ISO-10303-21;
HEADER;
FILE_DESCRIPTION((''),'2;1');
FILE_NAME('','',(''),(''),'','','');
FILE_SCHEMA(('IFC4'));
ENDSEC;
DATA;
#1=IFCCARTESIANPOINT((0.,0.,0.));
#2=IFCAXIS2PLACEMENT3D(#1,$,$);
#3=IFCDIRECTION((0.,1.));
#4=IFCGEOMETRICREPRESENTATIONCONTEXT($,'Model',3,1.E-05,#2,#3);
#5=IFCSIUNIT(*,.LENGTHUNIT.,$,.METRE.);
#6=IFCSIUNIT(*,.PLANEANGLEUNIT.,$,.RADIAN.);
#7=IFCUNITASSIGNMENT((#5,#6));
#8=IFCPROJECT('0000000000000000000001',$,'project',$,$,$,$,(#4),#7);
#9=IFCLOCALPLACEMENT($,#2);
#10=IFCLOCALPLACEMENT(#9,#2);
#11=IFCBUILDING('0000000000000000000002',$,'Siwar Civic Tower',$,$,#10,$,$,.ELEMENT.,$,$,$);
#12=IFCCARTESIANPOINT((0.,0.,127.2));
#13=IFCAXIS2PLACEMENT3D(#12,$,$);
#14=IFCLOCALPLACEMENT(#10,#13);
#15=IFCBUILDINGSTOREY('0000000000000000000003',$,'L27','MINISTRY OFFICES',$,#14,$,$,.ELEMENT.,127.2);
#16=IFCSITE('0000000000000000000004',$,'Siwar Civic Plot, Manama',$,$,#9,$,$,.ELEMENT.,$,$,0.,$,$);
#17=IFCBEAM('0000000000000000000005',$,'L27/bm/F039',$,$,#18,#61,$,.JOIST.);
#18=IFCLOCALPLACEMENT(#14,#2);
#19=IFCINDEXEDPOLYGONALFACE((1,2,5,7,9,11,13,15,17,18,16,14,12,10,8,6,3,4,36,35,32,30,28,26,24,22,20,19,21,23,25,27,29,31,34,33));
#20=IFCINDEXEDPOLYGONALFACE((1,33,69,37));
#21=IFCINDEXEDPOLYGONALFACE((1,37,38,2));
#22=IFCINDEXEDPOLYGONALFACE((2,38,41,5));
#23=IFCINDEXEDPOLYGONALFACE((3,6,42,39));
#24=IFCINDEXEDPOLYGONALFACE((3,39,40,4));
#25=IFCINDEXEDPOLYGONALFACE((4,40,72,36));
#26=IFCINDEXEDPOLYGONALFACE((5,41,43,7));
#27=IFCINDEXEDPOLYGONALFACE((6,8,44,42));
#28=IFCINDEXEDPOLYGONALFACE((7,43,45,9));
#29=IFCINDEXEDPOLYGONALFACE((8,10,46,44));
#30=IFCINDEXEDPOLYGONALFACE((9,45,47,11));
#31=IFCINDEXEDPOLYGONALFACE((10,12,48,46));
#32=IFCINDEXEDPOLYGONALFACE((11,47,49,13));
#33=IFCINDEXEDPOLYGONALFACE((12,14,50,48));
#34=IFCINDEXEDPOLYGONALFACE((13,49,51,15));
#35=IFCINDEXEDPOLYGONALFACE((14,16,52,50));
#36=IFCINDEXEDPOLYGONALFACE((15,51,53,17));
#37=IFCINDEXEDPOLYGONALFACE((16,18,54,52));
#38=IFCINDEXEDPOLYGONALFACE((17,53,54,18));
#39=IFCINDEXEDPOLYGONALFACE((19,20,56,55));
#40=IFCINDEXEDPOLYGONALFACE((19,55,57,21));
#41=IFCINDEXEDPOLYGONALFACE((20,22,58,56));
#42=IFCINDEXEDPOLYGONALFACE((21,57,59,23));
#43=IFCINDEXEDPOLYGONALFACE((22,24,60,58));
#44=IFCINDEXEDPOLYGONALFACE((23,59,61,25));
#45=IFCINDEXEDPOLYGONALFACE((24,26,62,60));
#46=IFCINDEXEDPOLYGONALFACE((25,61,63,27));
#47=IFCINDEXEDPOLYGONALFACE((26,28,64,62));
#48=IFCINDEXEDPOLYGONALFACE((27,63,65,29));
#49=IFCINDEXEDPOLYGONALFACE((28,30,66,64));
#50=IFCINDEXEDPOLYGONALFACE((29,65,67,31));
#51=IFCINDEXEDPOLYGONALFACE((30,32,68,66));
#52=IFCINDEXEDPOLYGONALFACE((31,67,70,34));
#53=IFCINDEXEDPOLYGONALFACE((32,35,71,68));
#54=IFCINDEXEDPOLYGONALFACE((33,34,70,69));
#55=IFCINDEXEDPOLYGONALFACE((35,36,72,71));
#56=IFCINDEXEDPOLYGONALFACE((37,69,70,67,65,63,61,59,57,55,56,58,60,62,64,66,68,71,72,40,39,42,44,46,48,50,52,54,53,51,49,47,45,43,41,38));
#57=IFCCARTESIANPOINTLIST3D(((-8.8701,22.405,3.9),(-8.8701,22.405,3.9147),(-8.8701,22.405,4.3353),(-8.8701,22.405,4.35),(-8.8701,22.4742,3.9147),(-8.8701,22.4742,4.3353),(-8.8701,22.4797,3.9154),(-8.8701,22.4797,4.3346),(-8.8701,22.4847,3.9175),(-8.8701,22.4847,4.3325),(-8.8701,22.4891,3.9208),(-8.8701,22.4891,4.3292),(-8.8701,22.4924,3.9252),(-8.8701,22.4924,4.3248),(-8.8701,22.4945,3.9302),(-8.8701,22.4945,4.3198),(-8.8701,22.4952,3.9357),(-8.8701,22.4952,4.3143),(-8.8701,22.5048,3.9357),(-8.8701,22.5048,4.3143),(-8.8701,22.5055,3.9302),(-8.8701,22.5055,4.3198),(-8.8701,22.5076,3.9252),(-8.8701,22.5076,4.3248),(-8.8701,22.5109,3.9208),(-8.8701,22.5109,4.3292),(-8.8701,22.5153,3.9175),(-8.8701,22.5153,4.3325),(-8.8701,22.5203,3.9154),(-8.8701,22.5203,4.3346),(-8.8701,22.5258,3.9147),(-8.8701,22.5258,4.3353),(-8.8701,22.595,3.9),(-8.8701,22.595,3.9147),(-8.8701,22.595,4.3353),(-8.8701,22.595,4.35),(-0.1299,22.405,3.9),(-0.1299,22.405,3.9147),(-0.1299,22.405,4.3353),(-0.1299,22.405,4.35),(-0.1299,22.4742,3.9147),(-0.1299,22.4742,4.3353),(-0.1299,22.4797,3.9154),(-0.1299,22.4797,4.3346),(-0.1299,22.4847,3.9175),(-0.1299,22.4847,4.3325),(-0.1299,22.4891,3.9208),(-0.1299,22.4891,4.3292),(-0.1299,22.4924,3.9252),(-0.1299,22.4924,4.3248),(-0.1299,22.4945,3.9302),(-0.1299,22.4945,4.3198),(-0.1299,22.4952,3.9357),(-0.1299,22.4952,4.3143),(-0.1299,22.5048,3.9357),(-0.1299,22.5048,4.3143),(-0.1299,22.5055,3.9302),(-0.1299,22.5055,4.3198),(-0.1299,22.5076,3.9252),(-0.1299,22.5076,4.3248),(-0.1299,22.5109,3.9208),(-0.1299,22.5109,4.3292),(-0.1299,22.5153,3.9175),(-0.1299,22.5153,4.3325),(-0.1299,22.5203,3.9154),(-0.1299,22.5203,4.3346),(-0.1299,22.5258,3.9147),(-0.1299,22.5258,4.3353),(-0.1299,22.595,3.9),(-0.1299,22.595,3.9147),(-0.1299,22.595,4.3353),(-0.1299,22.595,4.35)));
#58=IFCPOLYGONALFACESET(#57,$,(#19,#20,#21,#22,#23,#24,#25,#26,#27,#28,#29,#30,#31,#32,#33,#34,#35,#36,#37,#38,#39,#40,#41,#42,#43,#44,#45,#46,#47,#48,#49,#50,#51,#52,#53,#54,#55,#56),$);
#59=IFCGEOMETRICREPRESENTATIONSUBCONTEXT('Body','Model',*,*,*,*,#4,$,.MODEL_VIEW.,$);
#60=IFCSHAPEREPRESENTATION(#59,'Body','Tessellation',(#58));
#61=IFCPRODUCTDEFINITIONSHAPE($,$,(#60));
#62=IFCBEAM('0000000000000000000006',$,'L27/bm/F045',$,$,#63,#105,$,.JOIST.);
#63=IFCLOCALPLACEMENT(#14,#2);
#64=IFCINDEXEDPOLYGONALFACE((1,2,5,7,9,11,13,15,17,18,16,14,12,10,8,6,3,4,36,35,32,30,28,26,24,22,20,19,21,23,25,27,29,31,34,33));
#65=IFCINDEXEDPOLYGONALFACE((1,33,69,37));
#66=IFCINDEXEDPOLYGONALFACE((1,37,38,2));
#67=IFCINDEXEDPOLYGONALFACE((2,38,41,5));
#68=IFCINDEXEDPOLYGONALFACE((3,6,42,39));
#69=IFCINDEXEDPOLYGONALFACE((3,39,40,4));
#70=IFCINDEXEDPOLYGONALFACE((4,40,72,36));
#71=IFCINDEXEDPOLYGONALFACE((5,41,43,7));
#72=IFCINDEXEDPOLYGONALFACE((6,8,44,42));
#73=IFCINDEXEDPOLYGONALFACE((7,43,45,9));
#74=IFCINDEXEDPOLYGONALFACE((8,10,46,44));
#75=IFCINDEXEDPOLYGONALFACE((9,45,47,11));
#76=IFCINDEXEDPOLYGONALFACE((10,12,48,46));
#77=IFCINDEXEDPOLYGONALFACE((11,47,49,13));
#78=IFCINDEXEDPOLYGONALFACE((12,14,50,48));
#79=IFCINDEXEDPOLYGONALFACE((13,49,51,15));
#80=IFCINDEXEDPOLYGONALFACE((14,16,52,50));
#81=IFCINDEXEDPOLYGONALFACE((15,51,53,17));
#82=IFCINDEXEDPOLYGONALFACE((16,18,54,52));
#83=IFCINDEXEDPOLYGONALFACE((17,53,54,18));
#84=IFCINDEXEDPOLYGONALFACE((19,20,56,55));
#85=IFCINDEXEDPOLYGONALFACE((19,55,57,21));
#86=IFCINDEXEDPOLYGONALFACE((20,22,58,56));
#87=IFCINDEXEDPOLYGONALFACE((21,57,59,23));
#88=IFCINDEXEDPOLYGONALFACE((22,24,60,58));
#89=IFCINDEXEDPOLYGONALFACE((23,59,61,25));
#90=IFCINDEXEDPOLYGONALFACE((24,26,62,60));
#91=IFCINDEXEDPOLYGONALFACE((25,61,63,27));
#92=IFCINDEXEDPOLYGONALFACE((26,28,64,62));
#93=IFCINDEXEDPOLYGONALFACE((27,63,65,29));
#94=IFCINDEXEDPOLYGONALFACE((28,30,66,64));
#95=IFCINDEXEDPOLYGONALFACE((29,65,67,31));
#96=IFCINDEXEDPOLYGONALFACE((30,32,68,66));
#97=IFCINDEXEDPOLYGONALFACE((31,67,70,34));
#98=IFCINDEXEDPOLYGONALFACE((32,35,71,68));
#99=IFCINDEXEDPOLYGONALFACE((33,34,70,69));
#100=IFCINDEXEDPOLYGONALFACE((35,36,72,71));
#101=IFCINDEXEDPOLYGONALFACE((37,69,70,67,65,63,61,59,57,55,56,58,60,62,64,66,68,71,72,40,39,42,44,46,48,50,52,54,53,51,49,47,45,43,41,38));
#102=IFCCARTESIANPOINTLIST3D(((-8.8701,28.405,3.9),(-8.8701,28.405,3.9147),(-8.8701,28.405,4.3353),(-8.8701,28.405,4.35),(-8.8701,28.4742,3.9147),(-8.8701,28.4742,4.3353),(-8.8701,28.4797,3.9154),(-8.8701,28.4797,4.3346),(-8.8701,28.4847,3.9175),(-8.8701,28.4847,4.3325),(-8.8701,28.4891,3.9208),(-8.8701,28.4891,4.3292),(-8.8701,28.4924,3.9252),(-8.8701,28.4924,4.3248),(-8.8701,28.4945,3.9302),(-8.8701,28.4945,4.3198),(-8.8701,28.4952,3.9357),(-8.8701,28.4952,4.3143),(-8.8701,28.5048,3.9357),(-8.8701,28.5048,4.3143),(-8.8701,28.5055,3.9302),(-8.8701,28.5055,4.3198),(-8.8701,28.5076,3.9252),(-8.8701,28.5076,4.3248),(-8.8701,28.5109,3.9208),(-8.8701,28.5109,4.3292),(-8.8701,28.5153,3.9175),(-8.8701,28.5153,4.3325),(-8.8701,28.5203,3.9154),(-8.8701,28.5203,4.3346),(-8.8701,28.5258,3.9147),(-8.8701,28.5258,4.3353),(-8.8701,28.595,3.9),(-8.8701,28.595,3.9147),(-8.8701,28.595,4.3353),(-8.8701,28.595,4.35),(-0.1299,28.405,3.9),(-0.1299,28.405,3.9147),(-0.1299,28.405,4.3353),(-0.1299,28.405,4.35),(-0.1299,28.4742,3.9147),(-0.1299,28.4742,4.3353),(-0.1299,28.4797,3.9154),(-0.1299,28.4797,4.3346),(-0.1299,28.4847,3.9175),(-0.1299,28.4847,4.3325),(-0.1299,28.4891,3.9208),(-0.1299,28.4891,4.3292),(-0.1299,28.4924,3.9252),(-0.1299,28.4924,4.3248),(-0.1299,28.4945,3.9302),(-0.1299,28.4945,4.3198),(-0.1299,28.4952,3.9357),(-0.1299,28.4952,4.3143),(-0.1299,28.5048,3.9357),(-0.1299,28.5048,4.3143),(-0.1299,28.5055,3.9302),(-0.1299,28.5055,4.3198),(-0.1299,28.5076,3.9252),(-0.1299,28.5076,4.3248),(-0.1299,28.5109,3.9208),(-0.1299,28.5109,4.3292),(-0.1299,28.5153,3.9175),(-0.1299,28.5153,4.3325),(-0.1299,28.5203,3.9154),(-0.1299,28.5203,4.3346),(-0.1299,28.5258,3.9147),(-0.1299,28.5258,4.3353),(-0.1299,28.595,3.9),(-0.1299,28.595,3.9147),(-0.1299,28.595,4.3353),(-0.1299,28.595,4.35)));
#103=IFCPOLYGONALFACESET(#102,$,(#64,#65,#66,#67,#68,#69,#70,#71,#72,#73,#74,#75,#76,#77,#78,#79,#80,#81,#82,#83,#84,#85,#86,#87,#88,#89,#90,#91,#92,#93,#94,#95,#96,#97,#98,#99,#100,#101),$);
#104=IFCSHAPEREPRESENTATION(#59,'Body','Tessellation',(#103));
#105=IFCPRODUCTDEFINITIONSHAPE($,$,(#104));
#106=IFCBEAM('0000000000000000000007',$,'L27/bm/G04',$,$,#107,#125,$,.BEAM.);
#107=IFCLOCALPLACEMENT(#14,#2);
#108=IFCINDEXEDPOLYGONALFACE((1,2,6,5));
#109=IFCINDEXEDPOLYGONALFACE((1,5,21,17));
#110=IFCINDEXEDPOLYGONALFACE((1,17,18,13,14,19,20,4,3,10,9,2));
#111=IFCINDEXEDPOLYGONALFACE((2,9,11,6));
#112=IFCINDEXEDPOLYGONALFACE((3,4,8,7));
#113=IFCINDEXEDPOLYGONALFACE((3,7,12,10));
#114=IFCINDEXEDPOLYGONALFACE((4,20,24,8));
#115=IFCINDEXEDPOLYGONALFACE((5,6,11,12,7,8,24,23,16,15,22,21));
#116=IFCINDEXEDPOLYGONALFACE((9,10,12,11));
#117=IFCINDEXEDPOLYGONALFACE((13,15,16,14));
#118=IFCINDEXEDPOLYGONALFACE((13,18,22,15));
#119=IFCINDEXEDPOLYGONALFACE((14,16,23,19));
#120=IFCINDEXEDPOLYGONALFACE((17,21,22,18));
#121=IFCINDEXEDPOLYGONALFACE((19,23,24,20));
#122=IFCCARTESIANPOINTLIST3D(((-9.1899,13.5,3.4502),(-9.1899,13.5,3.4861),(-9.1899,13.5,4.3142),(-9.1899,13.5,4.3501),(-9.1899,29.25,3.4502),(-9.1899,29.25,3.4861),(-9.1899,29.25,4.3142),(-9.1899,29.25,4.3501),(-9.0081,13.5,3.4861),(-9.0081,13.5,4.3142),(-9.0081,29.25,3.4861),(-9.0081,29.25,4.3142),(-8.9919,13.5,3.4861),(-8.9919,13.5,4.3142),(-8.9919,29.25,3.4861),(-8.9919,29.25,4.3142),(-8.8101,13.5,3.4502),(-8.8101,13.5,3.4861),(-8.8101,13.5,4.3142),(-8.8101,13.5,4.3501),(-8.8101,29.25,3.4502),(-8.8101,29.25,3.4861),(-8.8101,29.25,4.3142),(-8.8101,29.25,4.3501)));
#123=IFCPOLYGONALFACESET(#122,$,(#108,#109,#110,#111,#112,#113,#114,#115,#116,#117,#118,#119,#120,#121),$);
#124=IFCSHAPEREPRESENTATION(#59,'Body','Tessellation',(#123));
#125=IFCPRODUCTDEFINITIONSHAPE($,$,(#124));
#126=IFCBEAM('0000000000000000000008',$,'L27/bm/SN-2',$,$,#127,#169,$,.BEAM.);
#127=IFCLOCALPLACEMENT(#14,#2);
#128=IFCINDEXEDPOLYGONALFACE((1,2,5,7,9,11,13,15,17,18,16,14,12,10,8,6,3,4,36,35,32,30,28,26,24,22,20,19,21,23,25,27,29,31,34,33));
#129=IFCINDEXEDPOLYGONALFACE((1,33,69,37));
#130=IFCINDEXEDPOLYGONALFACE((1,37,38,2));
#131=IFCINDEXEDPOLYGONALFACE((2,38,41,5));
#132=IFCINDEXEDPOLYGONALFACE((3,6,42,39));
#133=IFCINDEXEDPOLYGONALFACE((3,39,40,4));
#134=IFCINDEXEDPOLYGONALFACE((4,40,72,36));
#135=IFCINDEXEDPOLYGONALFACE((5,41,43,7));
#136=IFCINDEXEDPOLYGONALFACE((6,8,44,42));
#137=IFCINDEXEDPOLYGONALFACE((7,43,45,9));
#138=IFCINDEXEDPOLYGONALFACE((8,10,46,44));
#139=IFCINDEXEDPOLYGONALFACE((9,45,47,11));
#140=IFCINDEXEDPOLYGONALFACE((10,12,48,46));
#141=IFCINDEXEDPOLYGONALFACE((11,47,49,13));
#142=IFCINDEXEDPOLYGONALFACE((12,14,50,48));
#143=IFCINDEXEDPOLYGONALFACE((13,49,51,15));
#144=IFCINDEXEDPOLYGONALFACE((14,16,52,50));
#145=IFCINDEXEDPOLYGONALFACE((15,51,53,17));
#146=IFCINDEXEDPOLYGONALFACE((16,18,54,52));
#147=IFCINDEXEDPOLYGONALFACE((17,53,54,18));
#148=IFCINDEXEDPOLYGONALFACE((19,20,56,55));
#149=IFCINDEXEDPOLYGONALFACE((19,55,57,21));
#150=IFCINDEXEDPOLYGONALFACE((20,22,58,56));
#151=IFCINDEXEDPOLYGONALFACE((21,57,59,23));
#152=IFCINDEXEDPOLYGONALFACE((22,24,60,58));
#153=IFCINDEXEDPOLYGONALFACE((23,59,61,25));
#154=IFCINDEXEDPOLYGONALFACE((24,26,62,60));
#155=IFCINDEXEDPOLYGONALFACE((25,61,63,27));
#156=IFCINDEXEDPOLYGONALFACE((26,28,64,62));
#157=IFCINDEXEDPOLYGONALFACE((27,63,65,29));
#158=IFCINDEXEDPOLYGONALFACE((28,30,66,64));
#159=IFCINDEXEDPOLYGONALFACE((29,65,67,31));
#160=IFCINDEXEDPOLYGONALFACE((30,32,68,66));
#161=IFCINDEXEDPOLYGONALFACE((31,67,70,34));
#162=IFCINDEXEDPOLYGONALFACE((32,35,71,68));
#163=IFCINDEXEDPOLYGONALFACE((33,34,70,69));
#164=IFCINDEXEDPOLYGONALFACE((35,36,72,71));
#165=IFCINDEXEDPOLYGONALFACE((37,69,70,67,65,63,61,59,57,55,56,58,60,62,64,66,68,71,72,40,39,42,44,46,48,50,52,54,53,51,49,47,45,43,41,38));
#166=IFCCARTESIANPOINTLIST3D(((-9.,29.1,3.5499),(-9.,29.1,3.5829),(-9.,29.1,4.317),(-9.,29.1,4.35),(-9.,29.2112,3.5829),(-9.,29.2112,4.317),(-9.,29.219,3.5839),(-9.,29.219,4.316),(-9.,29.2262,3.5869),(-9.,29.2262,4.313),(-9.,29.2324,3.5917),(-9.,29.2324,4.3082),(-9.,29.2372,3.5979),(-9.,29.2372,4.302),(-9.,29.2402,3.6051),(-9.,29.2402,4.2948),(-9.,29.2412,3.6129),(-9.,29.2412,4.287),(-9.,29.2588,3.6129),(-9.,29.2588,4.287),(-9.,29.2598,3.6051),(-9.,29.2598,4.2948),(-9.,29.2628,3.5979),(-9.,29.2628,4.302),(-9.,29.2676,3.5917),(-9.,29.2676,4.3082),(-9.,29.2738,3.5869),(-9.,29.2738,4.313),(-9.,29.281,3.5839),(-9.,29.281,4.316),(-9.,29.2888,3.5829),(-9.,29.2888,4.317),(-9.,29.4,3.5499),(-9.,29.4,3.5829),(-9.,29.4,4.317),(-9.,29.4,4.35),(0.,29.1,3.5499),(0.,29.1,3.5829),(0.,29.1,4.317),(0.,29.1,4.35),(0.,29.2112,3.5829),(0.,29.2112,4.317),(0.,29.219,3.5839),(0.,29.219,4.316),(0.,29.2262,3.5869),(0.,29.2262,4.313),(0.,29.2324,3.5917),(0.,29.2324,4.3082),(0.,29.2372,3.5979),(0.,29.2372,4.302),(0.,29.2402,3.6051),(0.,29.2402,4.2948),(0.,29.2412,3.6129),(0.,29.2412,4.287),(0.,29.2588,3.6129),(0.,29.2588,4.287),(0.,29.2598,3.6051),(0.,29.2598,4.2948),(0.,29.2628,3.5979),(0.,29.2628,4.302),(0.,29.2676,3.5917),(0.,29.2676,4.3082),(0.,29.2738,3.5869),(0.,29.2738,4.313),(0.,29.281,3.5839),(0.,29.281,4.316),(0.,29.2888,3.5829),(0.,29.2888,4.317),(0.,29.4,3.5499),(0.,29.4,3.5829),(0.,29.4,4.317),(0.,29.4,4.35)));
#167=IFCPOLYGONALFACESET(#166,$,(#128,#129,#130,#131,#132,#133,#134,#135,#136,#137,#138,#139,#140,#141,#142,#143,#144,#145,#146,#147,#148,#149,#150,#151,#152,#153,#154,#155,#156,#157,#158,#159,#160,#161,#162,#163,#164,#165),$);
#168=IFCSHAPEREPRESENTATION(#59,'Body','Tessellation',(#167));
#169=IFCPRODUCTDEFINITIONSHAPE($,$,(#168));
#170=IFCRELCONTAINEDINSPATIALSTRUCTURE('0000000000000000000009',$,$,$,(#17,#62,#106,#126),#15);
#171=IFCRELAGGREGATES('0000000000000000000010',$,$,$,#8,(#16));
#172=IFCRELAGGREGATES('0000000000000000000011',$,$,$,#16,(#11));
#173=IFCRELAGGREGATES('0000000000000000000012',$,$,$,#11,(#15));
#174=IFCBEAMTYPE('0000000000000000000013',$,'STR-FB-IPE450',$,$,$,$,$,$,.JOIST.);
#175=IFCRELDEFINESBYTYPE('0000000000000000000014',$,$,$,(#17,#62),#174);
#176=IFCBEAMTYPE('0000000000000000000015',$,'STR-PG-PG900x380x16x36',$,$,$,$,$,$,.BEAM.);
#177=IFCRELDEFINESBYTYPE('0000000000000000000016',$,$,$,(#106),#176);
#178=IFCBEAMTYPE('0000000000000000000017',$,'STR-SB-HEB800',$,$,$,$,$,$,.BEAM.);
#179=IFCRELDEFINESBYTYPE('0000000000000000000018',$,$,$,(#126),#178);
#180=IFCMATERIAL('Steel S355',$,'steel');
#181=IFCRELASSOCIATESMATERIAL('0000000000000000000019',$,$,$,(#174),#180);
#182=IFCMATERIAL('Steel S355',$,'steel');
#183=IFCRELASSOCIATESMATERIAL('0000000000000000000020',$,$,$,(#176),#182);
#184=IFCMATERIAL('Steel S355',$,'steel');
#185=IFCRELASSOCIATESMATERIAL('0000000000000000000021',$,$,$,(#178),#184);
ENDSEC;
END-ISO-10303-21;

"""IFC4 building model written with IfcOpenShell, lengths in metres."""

from ifc_helpers import new_model, si_unit, direction, frame, origin, origin_2d, place, context, subcontext, project, spatial, i_section, extrude, material, material_profile, profile_set, type_object, element, save


model = new_model("IFC4")

# Units and contexts
model_context = context("Model", 3, precision=1e-05, world=origin(), true_north=direction((0.0, 1.0)))
body_context = subcontext(model_context, "Body", "Model", "MODEL_VIEW")
ifc_project = project(units=[si_unit("LENGTHUNIT", "METRE"), si_unit("PLANEANGLEUNIT", "RADIAN")], contexts=[model_context])

# Site, building, storey
site_placement = place(None, origin())
site = spatial("IfcSite", under=ifc_project, at=site_placement, Name="Siwar Civic Plot, Manama", CompositionType="ELEMENT", RefElevation=0.0)
building_placement = place(site_placement, origin())
building = spatial("IfcBuilding", under=site, at=building_placement, Name="Siwar Civic Tower", CompositionType="ELEMENT")
storey_placement = place(building_placement, frame((0.0, 0.0, 127.2)))
storey = spatial("IfcBuildingStorey", under=building, at=storey_placement, Name="L27", Description="MINISTRY OFFICES", CompositionType="ELEMENT", Elevation=127.2)

# Beams
ifc_material_1 = material(Name="Steel S355", Category="steel")
ifc_material_profile_1 = material_profile(ifc_material_1, i_section(OverallWidth=0.1899, OverallDepth=0.45, WebThickness=0.0095, FlangeThickness=0.0146, FilletRadius=0.021, at=origin_2d()), Name="IPE450")
ifc_profile_set_1 = profile_set([ifc_material_profile_1], Name="Steel S355")
beam_type_1 = type_object("IfcBeamType", Name="STR-FB-IPE450", PredefinedType="JOIST", material=ifc_profile_set_1)
for number, where, z_axis, x_axis, name in (
    (1, (-8.8701, 22.5, 4.125), (1.0, 0.0, 0.0), (0.0, 1.0, 0.0), "L27/bm/F039"),
    (2, (-8.8701, 28.5, 4.125), (1.0, 0.0, 0.0), (0.0, 1.0, 0.0), "L27/bm/F045"),
):
    element("IfcBeam", number, at=place(storey_placement, frame(where, z_axis=z_axis, x_axis=x_axis)), inside=storey, type_object=beam_type_1, Name=name, PredefinedType="JOIST", context=body_context, shape_type="SweptSolid", body=[
        extrude(i_section(OverallWidth=0.1899, OverallDepth=0.45, WebThickness=0.0095, FlangeThickness=0.0146, FilletRadius=0.021, at=origin_2d()), origin(), (0.0, 0.0, 1.0), 8.7402),
    ])
ifc_material_2 = material(Name="Steel S355", Category="steel")
ifc_material_profile_2 = material_profile(ifc_material_2, i_section(OverallWidth=0.3799, OverallDepth=0.8999, WebThickness=0.0161, FlangeThickness=0.0359, at=origin_2d()), Name="PG900x380x16x36")
ifc_profile_set_2 = profile_set([ifc_material_profile_2], Name="Steel S355")
beam_type_2 = type_object("IfcBeamType", Name="STR-PG-PG900x380x16x36", PredefinedType="BEAM", material=ifc_profile_set_2)
beam_1_placement = place(storey_placement, frame((-9.0, 13.5, 3.9001), z_axis=(0.0, 1.0, 0.0), x_axis=(-1.0, 0.0, 0.0)))
element("IfcBeam", 3, at=beam_1_placement, inside=storey, type_object=beam_type_2, Name="L27/bm/G04", PredefinedType="BEAM", context=body_context, shape_type="SweptSolid", body=[
    extrude(i_section(OverallWidth=0.3799, OverallDepth=0.8999, WebThickness=0.0161, FlangeThickness=0.0359, at=origin_2d()), origin(), (0.0, 0.0, 1.0), 15.75),
])
ifc_material_3 = material(Name="Steel S355", Category="steel")
ifc_material_profile_3 = material_profile(ifc_material_3, i_section(OverallWidth=0.3, OverallDepth=0.8, WebThickness=0.0176, FlangeThickness=0.033, FilletRadius=0.03, at=origin_2d()), Name="HEB800")
ifc_profile_set_3 = profile_set([ifc_material_profile_3], Name="Steel S355")
beam_type_3 = type_object("IfcBeamType", Name="STR-SB-HEB800", PredefinedType="BEAM", material=ifc_profile_set_3)
for number, where, z_axis, x_axis, name in (
    (4, (0.0, 29.25, 3.95), (-1.0, 0.0, 0.0), (0.0, -1.0, 0.0), "L27/bm/SN-2"),
):
    element("IfcBeam", number, at=place(storey_placement, frame(where, z_axis=z_axis, x_axis=x_axis)), inside=storey, type_object=beam_type_3, Name=name, PredefinedType="BEAM", context=body_context, shape_type="SweptSolid", body=[
        extrude(i_section(OverallWidth=0.3, OverallDepth=0.8, WebThickness=0.0176, FlangeThickness=0.033, FilletRadius=0.03, at=origin_2d()), origin(), (0.0, 0.0, 1.0), 9.0),
    ])

save(model, "model.ifc")
